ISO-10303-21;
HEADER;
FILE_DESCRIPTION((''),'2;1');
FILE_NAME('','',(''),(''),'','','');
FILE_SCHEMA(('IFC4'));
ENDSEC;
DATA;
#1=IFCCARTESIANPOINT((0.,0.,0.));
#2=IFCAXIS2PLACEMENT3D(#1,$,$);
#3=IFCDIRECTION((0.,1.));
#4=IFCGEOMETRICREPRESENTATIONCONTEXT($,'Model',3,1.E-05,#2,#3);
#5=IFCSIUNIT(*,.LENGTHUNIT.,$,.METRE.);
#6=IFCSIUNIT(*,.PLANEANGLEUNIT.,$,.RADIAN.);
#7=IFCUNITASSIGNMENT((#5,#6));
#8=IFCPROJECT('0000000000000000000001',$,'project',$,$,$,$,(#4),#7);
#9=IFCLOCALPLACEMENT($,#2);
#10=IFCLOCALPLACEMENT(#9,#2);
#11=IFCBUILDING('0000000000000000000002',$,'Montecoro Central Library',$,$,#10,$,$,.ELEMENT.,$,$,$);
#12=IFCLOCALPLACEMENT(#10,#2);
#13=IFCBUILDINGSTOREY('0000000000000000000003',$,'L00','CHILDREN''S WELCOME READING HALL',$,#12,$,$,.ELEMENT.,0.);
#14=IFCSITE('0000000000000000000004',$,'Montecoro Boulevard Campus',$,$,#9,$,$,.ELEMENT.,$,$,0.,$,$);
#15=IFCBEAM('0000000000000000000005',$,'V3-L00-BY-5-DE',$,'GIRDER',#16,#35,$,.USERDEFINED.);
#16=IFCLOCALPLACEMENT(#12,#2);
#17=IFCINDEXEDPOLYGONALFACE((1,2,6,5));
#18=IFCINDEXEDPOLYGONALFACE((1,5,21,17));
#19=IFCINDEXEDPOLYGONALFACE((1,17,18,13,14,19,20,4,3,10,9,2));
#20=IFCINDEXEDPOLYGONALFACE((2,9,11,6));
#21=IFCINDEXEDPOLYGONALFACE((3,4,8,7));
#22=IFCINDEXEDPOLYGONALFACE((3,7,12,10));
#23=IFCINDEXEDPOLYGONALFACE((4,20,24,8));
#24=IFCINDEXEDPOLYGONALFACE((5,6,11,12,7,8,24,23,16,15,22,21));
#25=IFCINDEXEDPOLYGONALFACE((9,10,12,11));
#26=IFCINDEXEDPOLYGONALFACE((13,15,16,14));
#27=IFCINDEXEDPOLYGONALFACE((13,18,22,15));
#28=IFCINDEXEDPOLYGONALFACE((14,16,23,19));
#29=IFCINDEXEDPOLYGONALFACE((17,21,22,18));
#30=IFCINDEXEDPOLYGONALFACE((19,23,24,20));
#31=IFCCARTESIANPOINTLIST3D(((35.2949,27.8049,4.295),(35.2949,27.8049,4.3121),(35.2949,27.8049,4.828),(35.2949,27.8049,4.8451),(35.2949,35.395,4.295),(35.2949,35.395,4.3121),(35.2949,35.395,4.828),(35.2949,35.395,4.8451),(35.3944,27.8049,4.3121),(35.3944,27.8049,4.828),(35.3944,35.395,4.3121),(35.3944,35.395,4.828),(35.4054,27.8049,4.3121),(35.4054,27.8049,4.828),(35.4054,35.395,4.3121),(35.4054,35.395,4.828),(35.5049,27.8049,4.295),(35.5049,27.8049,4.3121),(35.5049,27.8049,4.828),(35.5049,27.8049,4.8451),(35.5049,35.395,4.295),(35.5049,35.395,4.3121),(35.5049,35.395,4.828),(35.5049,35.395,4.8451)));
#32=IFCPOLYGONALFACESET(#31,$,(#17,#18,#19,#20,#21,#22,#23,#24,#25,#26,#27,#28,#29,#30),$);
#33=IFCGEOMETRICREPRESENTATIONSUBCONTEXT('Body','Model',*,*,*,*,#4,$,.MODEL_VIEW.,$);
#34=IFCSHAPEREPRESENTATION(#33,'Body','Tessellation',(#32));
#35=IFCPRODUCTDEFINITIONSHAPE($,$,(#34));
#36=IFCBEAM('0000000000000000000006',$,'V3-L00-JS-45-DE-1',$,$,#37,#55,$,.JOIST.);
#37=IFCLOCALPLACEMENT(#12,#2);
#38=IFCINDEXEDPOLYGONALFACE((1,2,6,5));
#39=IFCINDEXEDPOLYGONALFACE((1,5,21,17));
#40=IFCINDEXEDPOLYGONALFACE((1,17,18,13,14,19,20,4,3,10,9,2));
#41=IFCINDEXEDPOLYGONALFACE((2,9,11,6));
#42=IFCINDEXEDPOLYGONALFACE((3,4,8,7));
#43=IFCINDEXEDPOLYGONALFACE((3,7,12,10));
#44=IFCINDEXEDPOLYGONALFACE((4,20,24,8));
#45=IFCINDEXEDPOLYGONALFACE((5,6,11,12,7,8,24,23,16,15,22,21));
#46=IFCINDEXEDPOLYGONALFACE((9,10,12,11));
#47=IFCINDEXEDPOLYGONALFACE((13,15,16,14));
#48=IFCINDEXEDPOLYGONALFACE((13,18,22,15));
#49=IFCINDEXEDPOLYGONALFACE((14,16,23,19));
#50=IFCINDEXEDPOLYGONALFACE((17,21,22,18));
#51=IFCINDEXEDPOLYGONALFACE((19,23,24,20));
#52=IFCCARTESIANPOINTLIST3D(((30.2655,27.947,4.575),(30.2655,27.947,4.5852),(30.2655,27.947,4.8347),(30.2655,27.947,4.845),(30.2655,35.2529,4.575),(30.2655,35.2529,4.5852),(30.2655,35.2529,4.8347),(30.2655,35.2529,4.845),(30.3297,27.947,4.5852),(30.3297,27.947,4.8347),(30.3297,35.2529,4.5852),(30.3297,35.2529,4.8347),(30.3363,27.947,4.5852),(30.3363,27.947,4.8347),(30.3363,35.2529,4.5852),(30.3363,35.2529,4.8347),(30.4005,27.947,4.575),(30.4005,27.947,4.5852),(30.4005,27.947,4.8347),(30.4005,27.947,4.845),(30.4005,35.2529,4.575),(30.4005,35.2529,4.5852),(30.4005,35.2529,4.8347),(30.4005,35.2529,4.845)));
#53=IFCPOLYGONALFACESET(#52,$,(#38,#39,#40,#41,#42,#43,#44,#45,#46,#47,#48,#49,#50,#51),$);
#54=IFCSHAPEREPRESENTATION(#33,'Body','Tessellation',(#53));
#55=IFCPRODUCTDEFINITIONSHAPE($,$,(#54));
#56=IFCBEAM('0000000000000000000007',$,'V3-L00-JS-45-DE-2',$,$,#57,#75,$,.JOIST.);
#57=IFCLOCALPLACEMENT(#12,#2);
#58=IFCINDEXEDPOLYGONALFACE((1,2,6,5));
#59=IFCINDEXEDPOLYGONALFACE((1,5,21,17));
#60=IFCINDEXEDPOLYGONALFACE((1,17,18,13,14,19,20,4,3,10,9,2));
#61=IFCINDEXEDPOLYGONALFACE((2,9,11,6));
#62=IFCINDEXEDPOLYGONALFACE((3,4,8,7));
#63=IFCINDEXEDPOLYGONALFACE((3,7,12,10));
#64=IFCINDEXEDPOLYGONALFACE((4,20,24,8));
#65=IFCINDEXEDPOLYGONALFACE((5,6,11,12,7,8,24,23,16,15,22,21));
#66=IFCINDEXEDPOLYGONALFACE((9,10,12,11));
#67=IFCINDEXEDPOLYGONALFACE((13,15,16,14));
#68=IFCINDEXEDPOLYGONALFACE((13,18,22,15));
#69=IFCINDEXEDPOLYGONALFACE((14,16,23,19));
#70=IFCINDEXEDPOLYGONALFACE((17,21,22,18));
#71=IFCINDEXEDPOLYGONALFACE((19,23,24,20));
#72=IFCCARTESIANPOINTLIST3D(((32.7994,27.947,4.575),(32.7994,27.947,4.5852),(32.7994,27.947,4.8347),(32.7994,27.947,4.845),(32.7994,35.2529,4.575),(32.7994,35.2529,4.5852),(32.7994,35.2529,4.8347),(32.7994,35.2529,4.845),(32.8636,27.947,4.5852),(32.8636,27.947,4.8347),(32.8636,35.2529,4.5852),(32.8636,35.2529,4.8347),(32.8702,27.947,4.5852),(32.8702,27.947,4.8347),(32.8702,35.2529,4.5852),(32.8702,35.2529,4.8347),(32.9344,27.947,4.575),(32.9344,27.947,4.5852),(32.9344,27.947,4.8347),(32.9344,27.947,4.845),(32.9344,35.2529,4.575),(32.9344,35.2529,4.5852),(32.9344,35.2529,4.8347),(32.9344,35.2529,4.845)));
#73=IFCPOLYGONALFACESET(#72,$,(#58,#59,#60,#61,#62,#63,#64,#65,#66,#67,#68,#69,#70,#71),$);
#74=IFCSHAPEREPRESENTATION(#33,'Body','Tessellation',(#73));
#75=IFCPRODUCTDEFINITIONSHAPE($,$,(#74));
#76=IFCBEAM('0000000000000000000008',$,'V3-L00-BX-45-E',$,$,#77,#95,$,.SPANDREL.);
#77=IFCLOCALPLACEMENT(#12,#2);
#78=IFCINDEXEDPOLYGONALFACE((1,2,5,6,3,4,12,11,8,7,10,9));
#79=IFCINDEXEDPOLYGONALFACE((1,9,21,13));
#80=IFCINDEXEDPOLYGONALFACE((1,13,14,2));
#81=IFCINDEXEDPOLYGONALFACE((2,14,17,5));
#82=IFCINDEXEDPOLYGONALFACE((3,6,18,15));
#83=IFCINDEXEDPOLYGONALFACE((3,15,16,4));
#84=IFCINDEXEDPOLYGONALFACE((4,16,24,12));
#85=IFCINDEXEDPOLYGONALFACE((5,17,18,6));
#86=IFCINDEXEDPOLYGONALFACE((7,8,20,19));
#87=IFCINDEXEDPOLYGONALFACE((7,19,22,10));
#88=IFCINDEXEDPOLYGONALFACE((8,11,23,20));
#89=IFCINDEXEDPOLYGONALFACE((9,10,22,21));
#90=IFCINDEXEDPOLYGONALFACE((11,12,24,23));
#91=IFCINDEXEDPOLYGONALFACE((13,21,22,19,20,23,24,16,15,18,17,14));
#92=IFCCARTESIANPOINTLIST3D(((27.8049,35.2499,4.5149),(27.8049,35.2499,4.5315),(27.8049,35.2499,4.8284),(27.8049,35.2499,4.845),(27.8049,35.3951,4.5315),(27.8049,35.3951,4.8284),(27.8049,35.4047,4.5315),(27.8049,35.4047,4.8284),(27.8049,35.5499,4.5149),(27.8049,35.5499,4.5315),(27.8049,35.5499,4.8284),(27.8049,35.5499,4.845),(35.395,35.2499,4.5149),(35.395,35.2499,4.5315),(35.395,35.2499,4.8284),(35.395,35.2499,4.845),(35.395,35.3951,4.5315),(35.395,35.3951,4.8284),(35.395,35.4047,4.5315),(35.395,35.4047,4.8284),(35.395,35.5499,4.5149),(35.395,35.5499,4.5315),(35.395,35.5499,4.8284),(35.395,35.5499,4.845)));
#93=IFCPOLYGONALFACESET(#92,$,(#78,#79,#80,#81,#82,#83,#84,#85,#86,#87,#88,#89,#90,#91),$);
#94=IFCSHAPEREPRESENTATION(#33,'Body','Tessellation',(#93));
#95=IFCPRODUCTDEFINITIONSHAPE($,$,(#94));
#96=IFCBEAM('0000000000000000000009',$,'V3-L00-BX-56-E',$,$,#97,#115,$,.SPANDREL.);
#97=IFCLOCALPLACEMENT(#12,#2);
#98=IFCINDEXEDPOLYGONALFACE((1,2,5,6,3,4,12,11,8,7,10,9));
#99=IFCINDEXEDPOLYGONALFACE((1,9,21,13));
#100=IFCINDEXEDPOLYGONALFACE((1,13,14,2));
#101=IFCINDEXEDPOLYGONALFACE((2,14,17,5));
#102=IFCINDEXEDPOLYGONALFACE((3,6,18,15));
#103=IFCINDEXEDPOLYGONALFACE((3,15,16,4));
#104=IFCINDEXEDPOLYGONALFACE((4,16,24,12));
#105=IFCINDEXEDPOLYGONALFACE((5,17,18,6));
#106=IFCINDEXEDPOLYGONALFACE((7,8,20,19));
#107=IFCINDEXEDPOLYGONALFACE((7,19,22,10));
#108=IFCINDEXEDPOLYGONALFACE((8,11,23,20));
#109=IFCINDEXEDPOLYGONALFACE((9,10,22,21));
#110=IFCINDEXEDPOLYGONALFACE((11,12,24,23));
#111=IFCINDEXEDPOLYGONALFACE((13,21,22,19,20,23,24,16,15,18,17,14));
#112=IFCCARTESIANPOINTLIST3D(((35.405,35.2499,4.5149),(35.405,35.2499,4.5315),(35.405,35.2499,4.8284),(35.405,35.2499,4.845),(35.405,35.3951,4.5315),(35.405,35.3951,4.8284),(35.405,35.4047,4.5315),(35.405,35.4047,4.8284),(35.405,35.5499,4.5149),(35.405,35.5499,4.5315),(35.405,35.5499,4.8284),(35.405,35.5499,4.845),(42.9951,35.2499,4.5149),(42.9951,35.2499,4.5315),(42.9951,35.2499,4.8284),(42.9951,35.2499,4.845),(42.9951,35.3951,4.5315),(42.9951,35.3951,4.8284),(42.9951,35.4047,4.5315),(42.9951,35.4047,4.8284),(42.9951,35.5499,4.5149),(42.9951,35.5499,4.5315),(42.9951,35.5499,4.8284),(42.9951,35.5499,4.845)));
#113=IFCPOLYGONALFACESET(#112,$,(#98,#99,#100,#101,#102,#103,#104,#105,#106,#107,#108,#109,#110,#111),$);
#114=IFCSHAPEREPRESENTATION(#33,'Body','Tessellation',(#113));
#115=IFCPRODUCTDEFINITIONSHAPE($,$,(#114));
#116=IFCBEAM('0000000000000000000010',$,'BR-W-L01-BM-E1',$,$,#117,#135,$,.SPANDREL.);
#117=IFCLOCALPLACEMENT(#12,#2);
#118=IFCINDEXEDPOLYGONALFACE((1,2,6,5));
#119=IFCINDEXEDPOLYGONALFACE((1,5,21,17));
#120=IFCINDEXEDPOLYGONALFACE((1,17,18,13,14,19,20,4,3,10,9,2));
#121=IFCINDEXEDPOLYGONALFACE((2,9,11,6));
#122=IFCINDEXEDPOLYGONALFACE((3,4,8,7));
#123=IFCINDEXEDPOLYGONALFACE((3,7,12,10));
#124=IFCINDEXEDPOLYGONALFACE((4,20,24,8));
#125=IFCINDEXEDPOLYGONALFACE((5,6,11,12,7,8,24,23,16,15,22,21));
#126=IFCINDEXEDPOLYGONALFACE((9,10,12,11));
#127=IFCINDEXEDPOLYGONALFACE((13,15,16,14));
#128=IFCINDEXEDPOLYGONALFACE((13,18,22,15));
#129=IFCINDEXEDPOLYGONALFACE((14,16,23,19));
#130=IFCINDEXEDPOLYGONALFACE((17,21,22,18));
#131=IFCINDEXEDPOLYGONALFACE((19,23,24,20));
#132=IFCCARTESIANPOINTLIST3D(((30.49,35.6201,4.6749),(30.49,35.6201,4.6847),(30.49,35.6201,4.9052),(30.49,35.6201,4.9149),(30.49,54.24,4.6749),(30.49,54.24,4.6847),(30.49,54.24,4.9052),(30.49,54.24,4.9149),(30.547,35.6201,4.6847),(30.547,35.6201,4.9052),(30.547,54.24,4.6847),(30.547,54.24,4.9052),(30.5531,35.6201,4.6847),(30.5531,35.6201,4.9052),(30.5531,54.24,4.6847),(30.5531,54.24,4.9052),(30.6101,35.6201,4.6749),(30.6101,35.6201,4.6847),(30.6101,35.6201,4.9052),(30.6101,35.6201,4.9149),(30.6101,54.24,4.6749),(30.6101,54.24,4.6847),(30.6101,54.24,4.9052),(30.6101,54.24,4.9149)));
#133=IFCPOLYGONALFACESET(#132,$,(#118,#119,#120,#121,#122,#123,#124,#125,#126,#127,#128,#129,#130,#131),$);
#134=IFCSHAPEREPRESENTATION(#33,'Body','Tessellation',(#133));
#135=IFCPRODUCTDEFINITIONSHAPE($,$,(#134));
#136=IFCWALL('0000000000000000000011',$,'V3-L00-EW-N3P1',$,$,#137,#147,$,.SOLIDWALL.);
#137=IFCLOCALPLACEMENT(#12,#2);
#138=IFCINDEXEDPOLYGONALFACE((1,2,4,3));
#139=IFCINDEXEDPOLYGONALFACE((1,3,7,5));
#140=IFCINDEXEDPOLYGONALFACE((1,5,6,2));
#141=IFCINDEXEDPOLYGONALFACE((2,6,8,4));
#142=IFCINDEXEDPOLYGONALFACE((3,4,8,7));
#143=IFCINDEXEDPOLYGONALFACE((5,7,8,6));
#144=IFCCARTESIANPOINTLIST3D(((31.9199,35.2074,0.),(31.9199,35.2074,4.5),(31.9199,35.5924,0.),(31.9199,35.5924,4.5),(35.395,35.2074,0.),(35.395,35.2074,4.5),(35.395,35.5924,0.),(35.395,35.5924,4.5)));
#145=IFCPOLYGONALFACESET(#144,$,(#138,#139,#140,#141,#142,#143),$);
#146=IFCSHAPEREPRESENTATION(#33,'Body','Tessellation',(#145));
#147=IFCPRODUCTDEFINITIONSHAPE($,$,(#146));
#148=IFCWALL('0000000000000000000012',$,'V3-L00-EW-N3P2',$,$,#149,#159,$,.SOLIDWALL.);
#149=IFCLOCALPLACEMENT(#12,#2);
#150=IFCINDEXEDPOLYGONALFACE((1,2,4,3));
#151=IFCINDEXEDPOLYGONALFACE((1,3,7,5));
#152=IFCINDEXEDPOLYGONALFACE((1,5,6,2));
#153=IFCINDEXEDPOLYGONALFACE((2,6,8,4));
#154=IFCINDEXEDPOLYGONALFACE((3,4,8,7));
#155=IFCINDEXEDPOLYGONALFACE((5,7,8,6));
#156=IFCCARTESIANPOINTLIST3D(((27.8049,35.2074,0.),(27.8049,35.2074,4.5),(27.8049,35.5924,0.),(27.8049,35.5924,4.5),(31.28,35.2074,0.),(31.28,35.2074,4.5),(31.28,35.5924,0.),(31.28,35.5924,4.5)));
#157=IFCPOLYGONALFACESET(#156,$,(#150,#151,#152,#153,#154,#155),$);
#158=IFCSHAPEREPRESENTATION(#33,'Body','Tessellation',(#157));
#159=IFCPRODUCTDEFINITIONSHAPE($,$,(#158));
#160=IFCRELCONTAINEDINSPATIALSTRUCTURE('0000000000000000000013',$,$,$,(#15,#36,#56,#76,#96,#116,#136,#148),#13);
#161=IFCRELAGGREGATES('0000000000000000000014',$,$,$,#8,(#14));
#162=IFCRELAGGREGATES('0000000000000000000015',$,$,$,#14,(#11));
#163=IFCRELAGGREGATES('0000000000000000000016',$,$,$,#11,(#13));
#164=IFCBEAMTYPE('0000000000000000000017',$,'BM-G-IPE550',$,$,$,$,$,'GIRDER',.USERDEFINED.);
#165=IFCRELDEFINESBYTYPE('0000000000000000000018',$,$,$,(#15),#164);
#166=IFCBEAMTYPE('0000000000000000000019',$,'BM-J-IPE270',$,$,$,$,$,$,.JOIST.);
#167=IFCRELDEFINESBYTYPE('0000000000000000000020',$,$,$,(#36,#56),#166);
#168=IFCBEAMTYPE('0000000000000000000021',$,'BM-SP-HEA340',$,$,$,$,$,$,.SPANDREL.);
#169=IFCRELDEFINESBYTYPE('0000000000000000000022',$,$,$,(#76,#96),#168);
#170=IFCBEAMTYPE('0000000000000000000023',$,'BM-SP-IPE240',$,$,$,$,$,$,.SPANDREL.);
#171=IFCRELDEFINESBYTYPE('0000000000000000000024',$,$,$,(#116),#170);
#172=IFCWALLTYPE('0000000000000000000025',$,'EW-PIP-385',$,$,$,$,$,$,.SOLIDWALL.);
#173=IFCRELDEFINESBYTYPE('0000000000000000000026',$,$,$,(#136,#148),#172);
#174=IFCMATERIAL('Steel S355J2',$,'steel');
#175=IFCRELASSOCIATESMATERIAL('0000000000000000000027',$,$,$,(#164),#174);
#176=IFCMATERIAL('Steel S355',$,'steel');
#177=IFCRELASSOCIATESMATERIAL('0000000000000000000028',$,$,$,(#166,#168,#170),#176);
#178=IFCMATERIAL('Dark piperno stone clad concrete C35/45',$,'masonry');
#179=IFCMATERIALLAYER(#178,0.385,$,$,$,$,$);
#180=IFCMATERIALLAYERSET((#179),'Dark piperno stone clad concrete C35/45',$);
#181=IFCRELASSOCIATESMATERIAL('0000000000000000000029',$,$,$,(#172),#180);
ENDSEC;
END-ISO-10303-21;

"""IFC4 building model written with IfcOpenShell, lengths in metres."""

from ifc_helpers import new_model, si_unit, direction, frame, frame_2d, origin, origin_2d, place, context, subcontext, project, spatial, rectangle, i_section, extrude, material, layer, layer_set, material_profile, profile_set, type_object, element, save


model = new_model("IFC4")

# Units and contexts
model_context = context("Model", 3, precision=1e-05, world=origin(), true_north=direction((0.0, 1.0)))
body_context = subcontext(model_context, "Body", "Model", "MODEL_VIEW")
ifc_project = project(units=[si_unit("LENGTHUNIT", "METRE"), si_unit("PLANEANGLEUNIT", "RADIAN")], contexts=[model_context])

# Site, building, storey
site_placement = place(None, origin())
site = spatial("IfcSite", under=ifc_project, at=site_placement, Name="Montecoro Boulevard Campus", CompositionType="ELEMENT", RefElevation=0.0)
building_placement = place(site_placement, origin())
building = spatial("IfcBuilding", under=site, at=building_placement, Name="Montecoro Central Library", CompositionType="ELEMENT")
storey_placement = place(building_placement, origin())
storey = spatial("IfcBuildingStorey", under=building, at=storey_placement, Name="L00", Description="CHILDREN'S WELCOME READING HALL", CompositionType="ELEMENT", Elevation=0.0)

# Shared definitions
ifc_material_1 = material(Name="Steel S355", Category="steel")

# Beams
ifc_material_2 = material(Name="Steel S355J2", Category="steel")
ifc_material_profile_1 = material_profile(ifc_material_2, i_section(OverallWidth=0.21, OverallDepth=0.55, WebThickness=0.011, FlangeThickness=0.0171, at=origin_2d()), Name="IPE 550")
ifc_profile_set_1 = profile_set([ifc_material_profile_1], Name="Steel S355J2")
beam_type_1 = type_object("IfcBeamType", Name="BM-G-IPE550", ElementType="GIRDER", PredefinedType="USERDEFINED", material=ifc_profile_set_1)
beam_1_placement = place(storey_placement, frame((35.3999, 27.8049, 4.5701), z_axis=(0.0, 1.0, 0.0), x_axis=(-1.0, 0.0, 0.0)))
element("IfcBeam", 1, at=beam_1_placement, inside=storey, type_object=beam_type_1, Name="V3-L00-BY-5-DE", ObjectType="GIRDER", PredefinedType="USERDEFINED", context=body_context, shape_type="SweptSolid", body=[
    extrude(i_section(OverallWidth=0.21, OverallDepth=0.55, WebThickness=0.011, FlangeThickness=0.0171, at=origin_2d()), origin(), (0.0, 0.0, 1.0), 7.5901),
])
ifc_material_profile_2 = material_profile(ifc_material_1, i_section(OverallWidth=0.135, OverallDepth=0.27, WebThickness=0.0066, FlangeThickness=0.0103, at=origin_2d()), Name="IPE 270")
ifc_profile_set_2 = profile_set([ifc_material_profile_2], Name="Steel S355")
beam_type_2 = type_object("IfcBeamType", Name="BM-J-IPE270", PredefinedType="JOIST", material=ifc_profile_set_2)
for number, where, z_axis, x_axis, name in (
    (2, (30.333, 27.947, 4.71), (0.0, 1.0, 0.0), (-1.0, 0.0, 0.0), "V3-L00-JS-45-DE-1"),
    (3, (32.8669, 27.947, 4.71), (0.0, 1.0, 0.0), (-1.0, 0.0, 0.0), "V3-L00-JS-45-DE-2"),
):
    element("IfcBeam", number, at=place(storey_placement, frame(where, z_axis=z_axis, x_axis=x_axis)), inside=storey, type_object=beam_type_2, Name=name, PredefinedType="JOIST", context=body_context, shape_type="SweptSolid", body=[
        extrude(i_section(OverallWidth=0.135, OverallDepth=0.27, WebThickness=0.0066, FlangeThickness=0.0103, at=origin_2d()), origin(), (0.0, 0.0, 1.0), 7.3059),
    ])
ifc_material_profile_3 = material_profile(ifc_material_1, i_section(OverallWidth=0.3, OverallDepth=0.3301, WebThickness=0.0095, FlangeThickness=0.0166, at=origin_2d()), Name="HEA 340")
ifc_profile_set_3 = profile_set([ifc_material_profile_3], Name="Steel S355")
beam_type_3 = type_object("IfcBeamType", Name="BM-SP-HEA340", PredefinedType="SPANDREL", material=ifc_profile_set_3)
for number, where, z_axis, x_axis, name in (
    (4, (27.8049, 35.3999, 4.6799), (1.0, 0.0, 0.0), (0.0, 1.0, 0.0), "V3-L00-BX-45-E"),
    (5, (35.405, 35.3999, 4.6799), (1.0, 0.0, 0.0), (0.0, 1.0, 0.0), "V3-L00-BX-56-E"),
):
    element("IfcBeam", number, at=place(storey_placement, frame(where, z_axis=z_axis, x_axis=x_axis)), inside=storey, type_object=beam_type_3, Name=name, PredefinedType="SPANDREL", context=body_context, shape_type="SweptSolid", body=[
        extrude(i_section(OverallWidth=0.3, OverallDepth=0.3301, WebThickness=0.0095, FlangeThickness=0.0166, at=origin_2d()), origin(), (0.0, 0.0, 1.0), 7.5901),
    ])
ifc_material_profile_4 = material_profile(ifc_material_1, i_section(OverallWidth=0.1201, OverallDepth=0.24, WebThickness=0.0061, FlangeThickness=0.0098, at=origin_2d()), Name="IPE 240")
ifc_profile_set_4 = profile_set([ifc_material_profile_4], Name="Steel S355")
beam_type_4 = type_object("IfcBeamType", Name="BM-SP-IPE240", PredefinedType="SPANDREL", material=ifc_profile_set_4)
beam_2_placement = place(storey_placement, frame((30.55, 35.6201, 4.7949), z_axis=(0.0, 1.0, 0.0), x_axis=(-1.0, 0.0, 0.0)))
element("IfcBeam", 6, at=beam_2_placement, inside=storey, type_object=beam_type_4, Name="BR-W-L01-BM-E1", PredefinedType="SPANDREL", context=body_context, shape_type="SweptSolid", body=[
    extrude(i_section(OverallWidth=0.1201, OverallDepth=0.24, WebThickness=0.0061, FlangeThickness=0.0098, at=origin_2d()), origin(), (0.0, 0.0, 1.0), 18.6199),
])

# Walls
ifc_material_3 = material(Name="Dark piperno stone clad concrete C35/45", Category="masonry")
ifc_layer = layer(ifc_material_3, 0.385)
ifc_layer_set = layer_set([ifc_layer], Name="Dark piperno stone clad concrete C35/45")
wall_type = type_object("IfcWallType", Name="EW-PIP-385", PredefinedType="SOLIDWALL", material=ifc_layer_set)
for number, where, z_axis, x_axis, name in (
    (7, (35.395, 35.3999, 0.0), (0.0, 0.0, 1.0), (-1.0, 0.0, 0.0), "V3-L00-EW-N3P1"),
    (8, (31.28, 35.3999, 0.0), (0.0, 0.0, 1.0), (-1.0, 0.0, 0.0), "V3-L00-EW-N3P2"),
):
    element("IfcWall", number, at=place(storey_placement, frame(where, z_axis=z_axis, x_axis=x_axis)), inside=storey, type_object=wall_type, Name=name, PredefinedType="SOLIDWALL", context=body_context, shape_type="SweptSolid", body=[
        extrude(rectangle(XDim=3.4751, YDim=0.385, at=frame_2d((1.7375, 0.0))), origin(), (0.0, 0.0, 1.0), 4.5),
    ])

save(model, "model.ifc")
